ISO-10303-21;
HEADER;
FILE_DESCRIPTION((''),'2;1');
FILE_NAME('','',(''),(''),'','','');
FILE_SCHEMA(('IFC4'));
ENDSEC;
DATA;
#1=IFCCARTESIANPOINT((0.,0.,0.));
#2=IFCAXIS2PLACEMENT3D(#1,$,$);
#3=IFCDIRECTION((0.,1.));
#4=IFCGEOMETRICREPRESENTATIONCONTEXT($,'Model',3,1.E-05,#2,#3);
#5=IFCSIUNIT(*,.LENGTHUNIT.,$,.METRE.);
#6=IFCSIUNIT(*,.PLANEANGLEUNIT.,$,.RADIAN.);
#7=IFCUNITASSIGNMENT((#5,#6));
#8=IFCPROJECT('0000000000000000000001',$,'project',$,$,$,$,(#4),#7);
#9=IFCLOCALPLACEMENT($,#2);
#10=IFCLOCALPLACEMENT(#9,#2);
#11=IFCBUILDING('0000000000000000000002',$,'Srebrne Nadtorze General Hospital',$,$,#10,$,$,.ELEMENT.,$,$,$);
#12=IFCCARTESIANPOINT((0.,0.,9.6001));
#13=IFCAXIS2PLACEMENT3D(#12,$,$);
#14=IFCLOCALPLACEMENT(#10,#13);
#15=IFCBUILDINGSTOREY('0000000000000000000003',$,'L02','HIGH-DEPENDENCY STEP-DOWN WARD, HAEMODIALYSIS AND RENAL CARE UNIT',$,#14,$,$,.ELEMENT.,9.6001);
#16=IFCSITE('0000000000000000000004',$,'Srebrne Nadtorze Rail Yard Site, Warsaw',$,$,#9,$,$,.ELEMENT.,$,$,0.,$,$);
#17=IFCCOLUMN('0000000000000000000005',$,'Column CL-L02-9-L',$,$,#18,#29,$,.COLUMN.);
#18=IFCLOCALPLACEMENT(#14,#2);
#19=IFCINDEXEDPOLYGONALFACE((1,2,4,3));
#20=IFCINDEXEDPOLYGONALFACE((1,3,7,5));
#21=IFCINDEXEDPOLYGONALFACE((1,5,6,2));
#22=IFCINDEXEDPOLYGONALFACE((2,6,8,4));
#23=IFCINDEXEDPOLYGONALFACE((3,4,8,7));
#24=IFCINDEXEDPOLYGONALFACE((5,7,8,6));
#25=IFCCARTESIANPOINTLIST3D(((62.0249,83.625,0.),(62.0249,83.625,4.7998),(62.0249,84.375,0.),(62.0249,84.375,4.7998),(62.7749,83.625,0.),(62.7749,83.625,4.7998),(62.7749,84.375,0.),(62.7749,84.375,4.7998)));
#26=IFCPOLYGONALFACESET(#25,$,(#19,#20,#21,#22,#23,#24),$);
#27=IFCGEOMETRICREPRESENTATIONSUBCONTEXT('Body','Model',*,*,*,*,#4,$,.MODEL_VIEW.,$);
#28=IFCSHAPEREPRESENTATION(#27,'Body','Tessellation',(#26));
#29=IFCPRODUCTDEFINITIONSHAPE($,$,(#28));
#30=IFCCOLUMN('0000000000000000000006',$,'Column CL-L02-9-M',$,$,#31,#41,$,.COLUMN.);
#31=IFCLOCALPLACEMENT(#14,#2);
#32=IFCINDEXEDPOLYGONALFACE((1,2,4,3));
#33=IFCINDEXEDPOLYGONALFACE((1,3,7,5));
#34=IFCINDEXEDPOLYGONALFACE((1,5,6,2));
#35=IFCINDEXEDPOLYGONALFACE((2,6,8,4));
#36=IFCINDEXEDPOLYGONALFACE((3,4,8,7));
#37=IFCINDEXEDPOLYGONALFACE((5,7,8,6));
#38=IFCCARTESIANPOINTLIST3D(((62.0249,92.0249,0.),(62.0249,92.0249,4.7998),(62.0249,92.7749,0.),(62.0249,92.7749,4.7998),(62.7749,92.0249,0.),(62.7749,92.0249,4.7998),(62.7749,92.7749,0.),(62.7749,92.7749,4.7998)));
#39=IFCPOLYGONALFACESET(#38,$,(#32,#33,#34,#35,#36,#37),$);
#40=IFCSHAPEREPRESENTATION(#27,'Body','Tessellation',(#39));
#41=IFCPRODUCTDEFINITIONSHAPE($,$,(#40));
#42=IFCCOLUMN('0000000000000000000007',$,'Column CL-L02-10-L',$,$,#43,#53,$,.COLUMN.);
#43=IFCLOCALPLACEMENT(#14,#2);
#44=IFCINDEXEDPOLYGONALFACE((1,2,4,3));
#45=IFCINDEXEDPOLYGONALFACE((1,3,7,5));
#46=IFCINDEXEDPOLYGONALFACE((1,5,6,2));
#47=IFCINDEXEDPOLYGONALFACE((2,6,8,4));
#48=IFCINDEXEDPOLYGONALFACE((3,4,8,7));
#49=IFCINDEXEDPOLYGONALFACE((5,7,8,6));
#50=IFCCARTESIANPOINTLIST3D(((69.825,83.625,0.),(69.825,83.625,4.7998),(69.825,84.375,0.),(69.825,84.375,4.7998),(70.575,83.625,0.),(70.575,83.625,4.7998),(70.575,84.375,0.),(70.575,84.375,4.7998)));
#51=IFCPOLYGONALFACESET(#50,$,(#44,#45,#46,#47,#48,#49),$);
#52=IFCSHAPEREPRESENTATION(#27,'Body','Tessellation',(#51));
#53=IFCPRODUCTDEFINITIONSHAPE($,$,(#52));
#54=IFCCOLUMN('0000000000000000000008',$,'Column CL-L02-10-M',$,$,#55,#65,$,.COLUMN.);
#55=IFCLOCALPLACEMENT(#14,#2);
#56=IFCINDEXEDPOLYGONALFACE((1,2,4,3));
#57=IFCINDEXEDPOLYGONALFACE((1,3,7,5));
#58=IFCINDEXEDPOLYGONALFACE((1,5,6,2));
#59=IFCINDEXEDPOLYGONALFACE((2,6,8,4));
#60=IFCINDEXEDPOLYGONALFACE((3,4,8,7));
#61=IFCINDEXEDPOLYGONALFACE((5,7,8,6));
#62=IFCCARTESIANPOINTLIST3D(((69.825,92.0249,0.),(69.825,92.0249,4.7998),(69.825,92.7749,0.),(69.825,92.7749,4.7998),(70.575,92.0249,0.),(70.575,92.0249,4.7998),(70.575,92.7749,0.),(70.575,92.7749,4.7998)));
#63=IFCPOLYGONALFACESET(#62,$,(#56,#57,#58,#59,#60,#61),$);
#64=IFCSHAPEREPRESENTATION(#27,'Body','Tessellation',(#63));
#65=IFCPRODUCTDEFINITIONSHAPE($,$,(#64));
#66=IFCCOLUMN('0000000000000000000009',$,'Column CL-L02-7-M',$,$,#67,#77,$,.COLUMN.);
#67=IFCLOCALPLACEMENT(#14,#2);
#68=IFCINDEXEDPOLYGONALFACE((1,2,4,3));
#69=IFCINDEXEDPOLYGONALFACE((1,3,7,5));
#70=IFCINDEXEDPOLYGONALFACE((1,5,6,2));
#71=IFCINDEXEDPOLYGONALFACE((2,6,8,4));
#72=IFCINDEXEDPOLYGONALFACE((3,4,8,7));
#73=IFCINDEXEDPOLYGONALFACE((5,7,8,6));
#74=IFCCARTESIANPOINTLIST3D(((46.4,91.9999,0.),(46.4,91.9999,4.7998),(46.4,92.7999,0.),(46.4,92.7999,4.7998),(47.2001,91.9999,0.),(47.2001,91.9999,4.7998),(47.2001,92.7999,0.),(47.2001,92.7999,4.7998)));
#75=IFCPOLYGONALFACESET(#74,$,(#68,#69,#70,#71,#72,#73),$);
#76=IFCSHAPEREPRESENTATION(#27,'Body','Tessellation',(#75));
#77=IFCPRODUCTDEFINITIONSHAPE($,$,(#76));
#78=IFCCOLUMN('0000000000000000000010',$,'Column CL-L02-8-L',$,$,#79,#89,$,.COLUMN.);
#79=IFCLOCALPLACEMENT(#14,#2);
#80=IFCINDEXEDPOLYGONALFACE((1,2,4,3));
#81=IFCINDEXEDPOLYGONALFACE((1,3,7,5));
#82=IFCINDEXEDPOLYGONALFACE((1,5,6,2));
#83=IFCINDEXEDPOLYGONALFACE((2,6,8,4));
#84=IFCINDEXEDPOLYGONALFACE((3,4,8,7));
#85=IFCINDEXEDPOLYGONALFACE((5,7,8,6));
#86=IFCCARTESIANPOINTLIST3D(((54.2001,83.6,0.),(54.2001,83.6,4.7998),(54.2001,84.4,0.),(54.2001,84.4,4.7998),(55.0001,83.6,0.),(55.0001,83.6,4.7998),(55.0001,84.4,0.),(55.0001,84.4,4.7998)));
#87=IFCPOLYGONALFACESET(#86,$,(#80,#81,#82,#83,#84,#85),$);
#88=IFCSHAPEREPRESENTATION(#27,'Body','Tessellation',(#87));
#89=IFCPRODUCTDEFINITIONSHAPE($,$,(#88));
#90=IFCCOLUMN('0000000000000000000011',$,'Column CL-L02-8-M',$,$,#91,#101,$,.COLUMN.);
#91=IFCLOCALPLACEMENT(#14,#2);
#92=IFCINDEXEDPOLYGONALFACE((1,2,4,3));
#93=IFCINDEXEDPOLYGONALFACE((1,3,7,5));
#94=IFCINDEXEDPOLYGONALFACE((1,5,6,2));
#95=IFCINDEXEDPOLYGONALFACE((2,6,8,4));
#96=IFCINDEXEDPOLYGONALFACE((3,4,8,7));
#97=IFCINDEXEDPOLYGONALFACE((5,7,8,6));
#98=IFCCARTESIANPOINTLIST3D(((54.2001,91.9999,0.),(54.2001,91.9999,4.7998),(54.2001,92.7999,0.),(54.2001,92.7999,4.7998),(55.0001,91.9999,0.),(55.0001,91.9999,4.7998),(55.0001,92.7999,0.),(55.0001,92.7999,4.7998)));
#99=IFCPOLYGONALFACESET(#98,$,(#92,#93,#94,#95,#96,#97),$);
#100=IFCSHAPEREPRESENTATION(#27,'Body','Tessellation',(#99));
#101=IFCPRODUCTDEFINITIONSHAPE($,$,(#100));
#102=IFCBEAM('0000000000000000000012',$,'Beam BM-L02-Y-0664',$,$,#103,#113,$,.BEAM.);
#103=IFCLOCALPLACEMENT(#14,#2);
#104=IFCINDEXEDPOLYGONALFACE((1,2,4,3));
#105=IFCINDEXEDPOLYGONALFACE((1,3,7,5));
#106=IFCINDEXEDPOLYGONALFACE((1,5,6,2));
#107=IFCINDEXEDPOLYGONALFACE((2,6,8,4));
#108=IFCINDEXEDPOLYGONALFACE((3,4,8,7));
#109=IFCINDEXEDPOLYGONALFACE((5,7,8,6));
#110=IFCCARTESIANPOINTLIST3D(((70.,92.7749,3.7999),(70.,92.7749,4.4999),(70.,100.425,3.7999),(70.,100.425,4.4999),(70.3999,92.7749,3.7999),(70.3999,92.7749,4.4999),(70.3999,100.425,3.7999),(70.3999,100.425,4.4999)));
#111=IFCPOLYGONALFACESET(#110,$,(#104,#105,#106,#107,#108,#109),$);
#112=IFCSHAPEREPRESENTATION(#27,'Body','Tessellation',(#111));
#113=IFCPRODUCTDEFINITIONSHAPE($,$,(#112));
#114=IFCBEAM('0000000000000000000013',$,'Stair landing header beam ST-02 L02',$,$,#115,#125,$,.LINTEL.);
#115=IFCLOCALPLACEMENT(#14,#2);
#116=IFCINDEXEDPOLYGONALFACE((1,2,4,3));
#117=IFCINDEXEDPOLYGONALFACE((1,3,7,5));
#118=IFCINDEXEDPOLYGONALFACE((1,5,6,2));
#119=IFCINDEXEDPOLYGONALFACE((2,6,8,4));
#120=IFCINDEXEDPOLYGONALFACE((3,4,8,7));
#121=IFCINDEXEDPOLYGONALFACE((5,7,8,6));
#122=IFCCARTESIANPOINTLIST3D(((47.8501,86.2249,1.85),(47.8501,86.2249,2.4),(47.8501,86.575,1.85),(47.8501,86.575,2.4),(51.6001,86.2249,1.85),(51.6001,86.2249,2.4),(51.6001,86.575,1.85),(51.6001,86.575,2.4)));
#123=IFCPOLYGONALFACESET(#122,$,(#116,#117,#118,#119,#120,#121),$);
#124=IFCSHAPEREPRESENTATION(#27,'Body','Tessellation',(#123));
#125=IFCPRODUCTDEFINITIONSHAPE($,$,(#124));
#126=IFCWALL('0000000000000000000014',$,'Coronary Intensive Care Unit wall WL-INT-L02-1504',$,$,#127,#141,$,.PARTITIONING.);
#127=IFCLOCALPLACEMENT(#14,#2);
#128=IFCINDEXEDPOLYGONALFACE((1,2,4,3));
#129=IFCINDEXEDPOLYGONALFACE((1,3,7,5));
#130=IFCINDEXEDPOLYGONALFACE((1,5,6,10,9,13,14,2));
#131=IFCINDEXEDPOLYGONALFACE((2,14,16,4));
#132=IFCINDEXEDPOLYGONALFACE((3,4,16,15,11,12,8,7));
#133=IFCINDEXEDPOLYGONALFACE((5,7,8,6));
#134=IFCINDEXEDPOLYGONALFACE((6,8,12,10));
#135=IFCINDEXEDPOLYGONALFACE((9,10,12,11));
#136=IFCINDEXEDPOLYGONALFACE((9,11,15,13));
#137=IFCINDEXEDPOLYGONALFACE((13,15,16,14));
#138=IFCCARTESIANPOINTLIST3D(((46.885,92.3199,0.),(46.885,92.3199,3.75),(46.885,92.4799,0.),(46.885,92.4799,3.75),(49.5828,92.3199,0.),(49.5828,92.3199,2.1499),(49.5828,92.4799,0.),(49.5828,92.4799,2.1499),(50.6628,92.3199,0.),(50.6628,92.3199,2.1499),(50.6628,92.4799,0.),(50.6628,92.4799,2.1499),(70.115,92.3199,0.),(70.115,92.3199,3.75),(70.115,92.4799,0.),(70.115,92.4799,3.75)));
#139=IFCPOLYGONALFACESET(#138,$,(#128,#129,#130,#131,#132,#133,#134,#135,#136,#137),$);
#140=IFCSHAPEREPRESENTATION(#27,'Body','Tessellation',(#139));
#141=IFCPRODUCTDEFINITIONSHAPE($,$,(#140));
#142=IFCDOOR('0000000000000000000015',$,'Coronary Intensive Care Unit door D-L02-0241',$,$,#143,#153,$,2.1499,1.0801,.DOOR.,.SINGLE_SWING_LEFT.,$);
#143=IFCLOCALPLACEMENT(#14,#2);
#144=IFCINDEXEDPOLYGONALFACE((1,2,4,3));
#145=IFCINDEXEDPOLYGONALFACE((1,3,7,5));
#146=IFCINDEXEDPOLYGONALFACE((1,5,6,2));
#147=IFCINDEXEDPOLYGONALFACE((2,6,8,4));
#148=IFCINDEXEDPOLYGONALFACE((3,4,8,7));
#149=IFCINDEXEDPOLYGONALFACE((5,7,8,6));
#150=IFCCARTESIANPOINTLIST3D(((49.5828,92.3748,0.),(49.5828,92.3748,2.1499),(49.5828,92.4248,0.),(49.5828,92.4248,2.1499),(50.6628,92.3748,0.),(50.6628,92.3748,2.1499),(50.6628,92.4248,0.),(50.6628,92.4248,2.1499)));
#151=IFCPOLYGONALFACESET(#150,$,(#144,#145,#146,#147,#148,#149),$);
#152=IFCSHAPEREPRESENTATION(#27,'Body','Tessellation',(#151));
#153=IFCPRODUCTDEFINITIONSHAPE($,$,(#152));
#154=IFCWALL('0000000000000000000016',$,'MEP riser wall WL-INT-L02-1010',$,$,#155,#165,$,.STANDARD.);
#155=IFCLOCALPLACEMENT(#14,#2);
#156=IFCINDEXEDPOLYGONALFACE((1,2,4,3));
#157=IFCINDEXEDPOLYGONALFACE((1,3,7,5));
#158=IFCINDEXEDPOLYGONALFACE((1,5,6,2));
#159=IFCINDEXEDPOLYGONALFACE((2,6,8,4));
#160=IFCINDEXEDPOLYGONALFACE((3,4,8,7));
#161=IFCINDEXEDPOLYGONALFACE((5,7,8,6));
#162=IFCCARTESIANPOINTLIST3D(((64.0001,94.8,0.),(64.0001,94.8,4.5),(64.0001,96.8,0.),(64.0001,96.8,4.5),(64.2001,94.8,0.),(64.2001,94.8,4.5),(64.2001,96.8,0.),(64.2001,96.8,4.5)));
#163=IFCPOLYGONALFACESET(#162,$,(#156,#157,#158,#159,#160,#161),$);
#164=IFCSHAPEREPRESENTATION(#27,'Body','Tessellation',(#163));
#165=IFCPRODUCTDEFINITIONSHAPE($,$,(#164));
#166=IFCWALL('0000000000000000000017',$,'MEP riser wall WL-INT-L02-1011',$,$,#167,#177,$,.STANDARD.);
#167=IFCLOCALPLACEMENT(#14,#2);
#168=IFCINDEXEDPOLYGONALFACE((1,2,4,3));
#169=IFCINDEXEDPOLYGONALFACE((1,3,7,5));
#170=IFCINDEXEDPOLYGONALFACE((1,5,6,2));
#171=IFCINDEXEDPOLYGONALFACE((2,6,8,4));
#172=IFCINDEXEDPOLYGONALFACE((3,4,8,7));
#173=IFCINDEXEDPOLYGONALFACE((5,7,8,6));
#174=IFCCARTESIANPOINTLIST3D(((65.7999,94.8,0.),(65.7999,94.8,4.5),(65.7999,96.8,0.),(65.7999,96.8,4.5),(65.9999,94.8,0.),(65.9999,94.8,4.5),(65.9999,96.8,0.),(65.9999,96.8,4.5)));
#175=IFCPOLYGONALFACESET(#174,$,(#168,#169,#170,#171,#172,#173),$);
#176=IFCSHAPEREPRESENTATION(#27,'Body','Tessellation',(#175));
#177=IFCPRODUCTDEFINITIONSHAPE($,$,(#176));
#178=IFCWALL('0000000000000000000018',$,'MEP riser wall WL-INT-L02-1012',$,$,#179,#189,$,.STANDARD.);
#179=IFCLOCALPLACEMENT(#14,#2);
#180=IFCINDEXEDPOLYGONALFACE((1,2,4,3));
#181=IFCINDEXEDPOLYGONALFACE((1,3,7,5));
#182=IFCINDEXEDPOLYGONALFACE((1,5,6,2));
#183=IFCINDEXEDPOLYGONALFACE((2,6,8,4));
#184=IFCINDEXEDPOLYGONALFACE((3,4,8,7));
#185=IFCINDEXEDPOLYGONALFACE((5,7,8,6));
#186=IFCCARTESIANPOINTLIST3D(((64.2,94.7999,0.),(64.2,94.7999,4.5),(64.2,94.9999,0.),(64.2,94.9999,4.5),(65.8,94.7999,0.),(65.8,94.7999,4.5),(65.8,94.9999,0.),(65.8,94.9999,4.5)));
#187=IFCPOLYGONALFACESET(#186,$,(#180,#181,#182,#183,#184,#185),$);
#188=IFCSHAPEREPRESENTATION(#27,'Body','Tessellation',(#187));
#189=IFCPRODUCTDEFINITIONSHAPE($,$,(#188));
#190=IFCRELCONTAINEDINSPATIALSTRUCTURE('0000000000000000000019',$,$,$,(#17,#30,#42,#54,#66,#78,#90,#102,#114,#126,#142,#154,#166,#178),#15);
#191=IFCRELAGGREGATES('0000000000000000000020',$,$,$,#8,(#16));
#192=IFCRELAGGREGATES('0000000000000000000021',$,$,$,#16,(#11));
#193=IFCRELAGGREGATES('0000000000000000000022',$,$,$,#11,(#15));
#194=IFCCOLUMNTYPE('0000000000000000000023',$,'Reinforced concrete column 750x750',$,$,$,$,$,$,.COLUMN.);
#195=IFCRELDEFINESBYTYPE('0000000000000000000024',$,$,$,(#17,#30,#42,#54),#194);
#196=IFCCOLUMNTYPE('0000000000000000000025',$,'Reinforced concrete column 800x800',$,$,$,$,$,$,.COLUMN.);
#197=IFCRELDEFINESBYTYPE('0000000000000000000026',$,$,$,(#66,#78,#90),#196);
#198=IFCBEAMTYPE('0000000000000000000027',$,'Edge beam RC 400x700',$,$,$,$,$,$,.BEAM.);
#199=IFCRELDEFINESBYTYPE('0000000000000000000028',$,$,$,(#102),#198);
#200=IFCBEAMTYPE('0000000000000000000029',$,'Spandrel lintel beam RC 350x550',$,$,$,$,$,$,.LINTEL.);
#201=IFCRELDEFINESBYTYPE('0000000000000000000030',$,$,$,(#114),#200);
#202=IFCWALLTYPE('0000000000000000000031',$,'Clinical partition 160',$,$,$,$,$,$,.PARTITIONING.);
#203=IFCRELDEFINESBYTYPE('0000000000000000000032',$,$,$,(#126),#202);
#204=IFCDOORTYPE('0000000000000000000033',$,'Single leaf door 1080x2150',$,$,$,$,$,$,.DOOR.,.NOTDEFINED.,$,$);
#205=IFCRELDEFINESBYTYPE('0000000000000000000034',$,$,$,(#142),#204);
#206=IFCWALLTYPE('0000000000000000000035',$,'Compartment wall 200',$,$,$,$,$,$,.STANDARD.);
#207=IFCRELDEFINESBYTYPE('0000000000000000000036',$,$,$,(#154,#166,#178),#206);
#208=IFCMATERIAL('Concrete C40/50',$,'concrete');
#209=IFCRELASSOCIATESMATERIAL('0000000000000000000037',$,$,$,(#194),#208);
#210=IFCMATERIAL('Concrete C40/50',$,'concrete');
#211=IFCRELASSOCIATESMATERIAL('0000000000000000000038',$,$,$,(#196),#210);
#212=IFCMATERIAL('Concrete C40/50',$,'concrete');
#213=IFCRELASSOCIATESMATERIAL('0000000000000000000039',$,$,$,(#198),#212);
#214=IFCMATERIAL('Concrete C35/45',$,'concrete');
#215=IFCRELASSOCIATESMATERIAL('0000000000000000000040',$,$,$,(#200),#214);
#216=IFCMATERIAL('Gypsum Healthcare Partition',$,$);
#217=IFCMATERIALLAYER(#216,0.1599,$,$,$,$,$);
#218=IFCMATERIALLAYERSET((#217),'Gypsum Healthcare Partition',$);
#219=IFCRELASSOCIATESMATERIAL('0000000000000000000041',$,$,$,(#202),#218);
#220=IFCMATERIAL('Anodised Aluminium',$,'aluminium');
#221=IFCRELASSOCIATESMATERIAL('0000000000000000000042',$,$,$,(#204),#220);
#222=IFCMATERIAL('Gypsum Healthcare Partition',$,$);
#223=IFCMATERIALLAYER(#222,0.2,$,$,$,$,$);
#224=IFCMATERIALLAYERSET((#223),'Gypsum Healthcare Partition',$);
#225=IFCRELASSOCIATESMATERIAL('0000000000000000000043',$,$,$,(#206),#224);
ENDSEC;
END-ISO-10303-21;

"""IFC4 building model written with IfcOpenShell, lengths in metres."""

from ifc_helpers import new_model, si_unit, direction, frame, frame_2d, origin, origin_2d, place, context, subcontext, project, spatial, rectangle, extrude, material, layer, layer_set, material_profile, profile_set, type_object, element, fill, save


model = new_model("IFC4")

# Units and contexts
model_context = context("Model", 3, precision=1e-05, world=origin(), true_north=direction((0.0, 1.0)))
body_context = subcontext(model_context, "Body", "Model", "MODEL_VIEW")
ifc_project = project(units=[si_unit("LENGTHUNIT", "METRE"), si_unit("PLANEANGLEUNIT", "RADIAN")], contexts=[model_context])

# Site, building, storey
site_placement = place(None, origin())
site = spatial("IfcSite", under=ifc_project, at=site_placement, Name="Srebrne Nadtorze Rail Yard Site, Warsaw", CompositionType="ELEMENT", RefElevation=0.0)
building_placement = place(site_placement, origin())
building = spatial("IfcBuilding", under=site, at=building_placement, Name="Srebrne Nadtorze General Hospital", CompositionType="ELEMENT")
storey_placement = place(building_placement, frame((0.0, 0.0, 9.6001)))
storey = spatial("IfcBuildingStorey", under=building, at=storey_placement, Name="L02", Description="HIGH-DEPENDENCY STEP-DOWN WARD, HAEMODIALYSIS AND RENAL CARE UNIT", CompositionType="ELEMENT", Elevation=9.6001)

# Columns
ifc_material_1 = material(Name="Concrete C40/50", Category="concrete")
ifc_material_profile_1 = material_profile(ifc_material_1, rectangle(XDim=0.75, YDim=0.75, at=origin_2d()), Name="RC-COL-750x750")
ifc_profile_set_1 = profile_set([ifc_material_profile_1], Name="Concrete C40/50")
column_type_1 = type_object("IfcColumnType", Name="Reinforced concrete column 750x750", PredefinedType="COLUMN", material=ifc_profile_set_1)
for number, where, z_axis, x_axis, name in (
    (1, (62.3999, 84.0, 0.0), (0.0, 0.0, 1.0), (1.0, 0.0, 0.0), "Column CL-L02-9-L"),
    (2, (62.3999, 92.3999, 0.0), (0.0, 0.0, 1.0), (1.0, 0.0, 0.0), "Column CL-L02-9-M"),
    (3, (70.2, 84.0, 0.0), (0.0, 0.0, 1.0), (1.0, 0.0, 0.0), "Column CL-L02-10-L"),
    (4, (70.2, 92.3999, 0.0), (0.0, 0.0, 1.0), (1.0, 0.0, 0.0), "Column CL-L02-10-M"),
):
    element("IfcColumn", number, at=place(storey_placement, frame(where, z_axis=z_axis, x_axis=x_axis)), inside=storey, type_object=column_type_1, Name=name, PredefinedType="COLUMN", context=body_context, shape_type="SweptSolid", body=[
        extrude(rectangle(XDim=0.75, YDim=0.75, at=origin_2d()), origin(), (0.0, 0.0, 1.0), 4.7998),
    ])
ifc_material_2 = material(Name="Concrete C40/50", Category="concrete")
ifc_material_profile_2 = material_profile(ifc_material_2, rectangle(XDim=0.8, YDim=0.8, at=origin_2d()), Name="RC-COL-800x800")
ifc_profile_set_2 = profile_set([ifc_material_profile_2], Name="Concrete C40/50")
column_type_2 = type_object("IfcColumnType", Name="Reinforced concrete column 800x800", PredefinedType="COLUMN", material=ifc_profile_set_2)
for number, where, z_axis, x_axis, name in (
    (5, (46.8, 92.3999, 0.0), (0.0, 0.0, 1.0), (1.0, 0.0, 0.0), "Column CL-L02-7-M"),
    (6, (54.6001, 84.0, 0.0), (0.0, 0.0, 1.0), (1.0, 0.0, 0.0), "Column CL-L02-8-L"),
    (7, (54.6001, 92.3999, 0.0), (0.0, 0.0, 1.0), (1.0, 0.0, 0.0), "Column CL-L02-8-M"),
):
    element("IfcColumn", number, at=place(storey_placement, frame(where, z_axis=z_axis, x_axis=x_axis)), inside=storey, type_object=column_type_2, Name=name, PredefinedType="COLUMN", context=body_context, shape_type="SweptSolid", body=[
        extrude(rectangle(XDim=0.8, YDim=0.8, at=origin_2d()), origin(), (0.0, 0.0, 1.0), 4.7998),
    ])

# Beams
ifc_material_3 = material(Name="Concrete C40/50", Category="concrete")
ifc_material_profile_3 = material_profile(ifc_material_3, rectangle(XDim=0.3999, YDim=0.7, at=origin_2d()), Name="RC-BM-400x700")
ifc_profile_set_3 = profile_set([ifc_material_profile_3], Name="Concrete C40/50")
beam_type_1 = type_object("IfcBeamType", Name="Edge beam RC 400x700", PredefinedType="BEAM", material=ifc_profile_set_3)
beam_1_placement = place(storey_placement, frame((70.2, 92.7749, 4.1499), z_axis=(0.0, 1.0, 0.0), x_axis=(-1.0, 0.0, 0.0)))
element("IfcBeam", 8, at=beam_1_placement, inside=storey, type_object=beam_type_1, Name="Beam BM-L02-Y-0664", PredefinedType="BEAM", context=body_context, shape_type="SweptSolid", body=[
    extrude(rectangle(XDim=0.3999, YDim=0.7, at=origin_2d()), origin(), (0.0, 0.0, 1.0), 7.6501),
])
ifc_material_4 = material(Name="Concrete C35/45", Category="concrete")
ifc_material_profile_4 = material_profile(ifc_material_4, rectangle(XDim=0.3501, YDim=0.55, at=origin_2d()), Name="RC-BM-350x550")
ifc_profile_set_4 = profile_set([ifc_material_profile_4], Name="Concrete C35/45")
beam_type_2 = type_object("IfcBeamType", Name="Spandrel lintel beam RC 350x550", PredefinedType="LINTEL", material=ifc_profile_set_4)
beam_2_placement = place(storey_placement, frame((47.8501, 86.3999, 2.125), z_axis=(1.0, 0.0, 0.0), x_axis=(0.0, 1.0, 0.0)))
element("IfcBeam", 9, at=beam_2_placement, inside=storey, type_object=beam_type_2, Name="Stair landing header beam ST-02 L02", PredefinedType="LINTEL", context=body_context, shape_type="SweptSolid", body=[
    extrude(rectangle(XDim=0.3501, YDim=0.55, at=origin_2d()), origin(), (0.0, 0.0, 1.0), 3.75),
])

# Wall, opening, door
ifc_material_5 = material(Name="Gypsum Healthcare Partition")
ifc_layer_1 = layer(ifc_material_5, 0.1599)
ifc_layer_set_1 = layer_set([ifc_layer_1], Name="Gypsum Healthcare Partition")
wall_type_1 = type_object("IfcWallType", Name="Clinical partition 160", PredefinedType="PARTITIONING", material=ifc_layer_set_1)
wall_1_placement = place(storey_placement, frame((46.885, 92.3999, 0.0), z_axis=(0.0, 0.0, 1.0), x_axis=(1.0, 0.0, 0.0)))
wall_1 = element("IfcWall", 10, at=wall_1_placement, inside=storey, type_object=wall_type_1, Name="Coronary Intensive Care Unit wall WL-INT-L02-1504", PredefinedType="PARTITIONING", context=body_context, shape_type="SweptSolid", body=[
    extrude(rectangle(XDim=23.23, YDim=0.1599, at=frame_2d((11.615, 0.0))), origin(), (0.0, 0.0, 1.0), 3.75),
])
opening_1_placement = place(wall_1_placement, frame((2.6978, 0.0, 0.0)))
opening_1 = element("IfcOpeningElement", 11, at=opening_1_placement, cuts=wall_1, PredefinedType="OPENING", context=body_context, shape_type="SweptSolid", body=[
    extrude(rectangle(XDim=1.0801, YDim=2.1499, at=frame_2d((0.54, 1.075))), frame((0.0, 0.0918, 0.0), z_axis=(0.0, -1.0, 0.0), x_axis=(1.0, 0.0, 0.0)), (0.0, 0.0, 1.0), 0.1838),
])
ifc_material_6 = material(Name="Anodised Aluminium", Category="aluminium")
door_type = type_object("IfcDoorType", Name="Single leaf door 1080x2150", OperationType="NOTDEFINED", PredefinedType="DOOR", material=ifc_material_6)
door_placement = place(opening_1_placement, origin())
door = element("IfcDoor", 12, at=door_placement, inside=storey, type_object=door_type, Name="Coronary Intensive Care Unit door D-L02-0241", OperationType="SINGLE_SWING_LEFT", OverallHeight=2.1499, OverallWidth=1.0801, PredefinedType="DOOR", context=body_context, shape_type="SweptSolid", body=[
    extrude(rectangle(XDim=1.0801, YDim=2.1499, at=frame_2d((0.54, 1.075))), frame((0.0, 0.0249, 0.0), z_axis=(0.0, -1.0, 0.0), x_axis=(1.0, 0.0, 0.0)), (0.0, 0.0, 1.0), 0.05),
])
fill(opening_1, door)

# Walls
ifc_material_7 = material(Name="Gypsum Healthcare Partition")
ifc_layer_2 = layer(ifc_material_7, 0.2)
ifc_layer_set_2 = layer_set([ifc_layer_2], Name="Gypsum Healthcare Partition")
wall_type_2 = type_object("IfcWallType", Name="Compartment wall 200", PredefinedType="STANDARD", material=ifc_layer_set_2)
for number, where, z_axis, x_axis, name in (
    (13, (64.1001, 94.8, 0.0), (0.0, 0.0, 1.0), (0.0, 1.0, 0.0), "MEP riser wall WL-INT-L02-1010"),
    (14, (65.8999, 94.8, 0.0), (0.0, 0.0, 1.0), (0.0, 1.0, 0.0), "MEP riser wall WL-INT-L02-1011"),
):
    element("IfcWall", number, at=place(storey_placement, frame(where, z_axis=z_axis, x_axis=x_axis)), inside=storey, type_object=wall_type_2, Name=name, PredefinedType="STANDARD", context=body_context, shape_type="SweptSolid", body=[
        extrude(rectangle(XDim=2.0, YDim=0.2, at=frame_2d((1.0, 0.0))), origin(), (0.0, 0.0, 1.0), 4.5),
    ])
wall_2_placement = place(storey_placement, frame((64.2, 94.8999, 0.0), z_axis=(0.0, 0.0, 1.0), x_axis=(1.0, 0.0, 0.0)))
element("IfcWall", 15, at=wall_2_placement, inside=storey, type_object=wall_type_2, Name="MEP riser wall WL-INT-L02-1012", PredefinedType="STANDARD", context=body_context, shape_type="SweptSolid", body=[
    extrude(rectangle(XDim=1.6001, YDim=0.2, at=frame_2d((0.8, 0.0))), origin(), (0.0, 0.0, 1.0), 4.5),
])

save(model, "model.ifc")
